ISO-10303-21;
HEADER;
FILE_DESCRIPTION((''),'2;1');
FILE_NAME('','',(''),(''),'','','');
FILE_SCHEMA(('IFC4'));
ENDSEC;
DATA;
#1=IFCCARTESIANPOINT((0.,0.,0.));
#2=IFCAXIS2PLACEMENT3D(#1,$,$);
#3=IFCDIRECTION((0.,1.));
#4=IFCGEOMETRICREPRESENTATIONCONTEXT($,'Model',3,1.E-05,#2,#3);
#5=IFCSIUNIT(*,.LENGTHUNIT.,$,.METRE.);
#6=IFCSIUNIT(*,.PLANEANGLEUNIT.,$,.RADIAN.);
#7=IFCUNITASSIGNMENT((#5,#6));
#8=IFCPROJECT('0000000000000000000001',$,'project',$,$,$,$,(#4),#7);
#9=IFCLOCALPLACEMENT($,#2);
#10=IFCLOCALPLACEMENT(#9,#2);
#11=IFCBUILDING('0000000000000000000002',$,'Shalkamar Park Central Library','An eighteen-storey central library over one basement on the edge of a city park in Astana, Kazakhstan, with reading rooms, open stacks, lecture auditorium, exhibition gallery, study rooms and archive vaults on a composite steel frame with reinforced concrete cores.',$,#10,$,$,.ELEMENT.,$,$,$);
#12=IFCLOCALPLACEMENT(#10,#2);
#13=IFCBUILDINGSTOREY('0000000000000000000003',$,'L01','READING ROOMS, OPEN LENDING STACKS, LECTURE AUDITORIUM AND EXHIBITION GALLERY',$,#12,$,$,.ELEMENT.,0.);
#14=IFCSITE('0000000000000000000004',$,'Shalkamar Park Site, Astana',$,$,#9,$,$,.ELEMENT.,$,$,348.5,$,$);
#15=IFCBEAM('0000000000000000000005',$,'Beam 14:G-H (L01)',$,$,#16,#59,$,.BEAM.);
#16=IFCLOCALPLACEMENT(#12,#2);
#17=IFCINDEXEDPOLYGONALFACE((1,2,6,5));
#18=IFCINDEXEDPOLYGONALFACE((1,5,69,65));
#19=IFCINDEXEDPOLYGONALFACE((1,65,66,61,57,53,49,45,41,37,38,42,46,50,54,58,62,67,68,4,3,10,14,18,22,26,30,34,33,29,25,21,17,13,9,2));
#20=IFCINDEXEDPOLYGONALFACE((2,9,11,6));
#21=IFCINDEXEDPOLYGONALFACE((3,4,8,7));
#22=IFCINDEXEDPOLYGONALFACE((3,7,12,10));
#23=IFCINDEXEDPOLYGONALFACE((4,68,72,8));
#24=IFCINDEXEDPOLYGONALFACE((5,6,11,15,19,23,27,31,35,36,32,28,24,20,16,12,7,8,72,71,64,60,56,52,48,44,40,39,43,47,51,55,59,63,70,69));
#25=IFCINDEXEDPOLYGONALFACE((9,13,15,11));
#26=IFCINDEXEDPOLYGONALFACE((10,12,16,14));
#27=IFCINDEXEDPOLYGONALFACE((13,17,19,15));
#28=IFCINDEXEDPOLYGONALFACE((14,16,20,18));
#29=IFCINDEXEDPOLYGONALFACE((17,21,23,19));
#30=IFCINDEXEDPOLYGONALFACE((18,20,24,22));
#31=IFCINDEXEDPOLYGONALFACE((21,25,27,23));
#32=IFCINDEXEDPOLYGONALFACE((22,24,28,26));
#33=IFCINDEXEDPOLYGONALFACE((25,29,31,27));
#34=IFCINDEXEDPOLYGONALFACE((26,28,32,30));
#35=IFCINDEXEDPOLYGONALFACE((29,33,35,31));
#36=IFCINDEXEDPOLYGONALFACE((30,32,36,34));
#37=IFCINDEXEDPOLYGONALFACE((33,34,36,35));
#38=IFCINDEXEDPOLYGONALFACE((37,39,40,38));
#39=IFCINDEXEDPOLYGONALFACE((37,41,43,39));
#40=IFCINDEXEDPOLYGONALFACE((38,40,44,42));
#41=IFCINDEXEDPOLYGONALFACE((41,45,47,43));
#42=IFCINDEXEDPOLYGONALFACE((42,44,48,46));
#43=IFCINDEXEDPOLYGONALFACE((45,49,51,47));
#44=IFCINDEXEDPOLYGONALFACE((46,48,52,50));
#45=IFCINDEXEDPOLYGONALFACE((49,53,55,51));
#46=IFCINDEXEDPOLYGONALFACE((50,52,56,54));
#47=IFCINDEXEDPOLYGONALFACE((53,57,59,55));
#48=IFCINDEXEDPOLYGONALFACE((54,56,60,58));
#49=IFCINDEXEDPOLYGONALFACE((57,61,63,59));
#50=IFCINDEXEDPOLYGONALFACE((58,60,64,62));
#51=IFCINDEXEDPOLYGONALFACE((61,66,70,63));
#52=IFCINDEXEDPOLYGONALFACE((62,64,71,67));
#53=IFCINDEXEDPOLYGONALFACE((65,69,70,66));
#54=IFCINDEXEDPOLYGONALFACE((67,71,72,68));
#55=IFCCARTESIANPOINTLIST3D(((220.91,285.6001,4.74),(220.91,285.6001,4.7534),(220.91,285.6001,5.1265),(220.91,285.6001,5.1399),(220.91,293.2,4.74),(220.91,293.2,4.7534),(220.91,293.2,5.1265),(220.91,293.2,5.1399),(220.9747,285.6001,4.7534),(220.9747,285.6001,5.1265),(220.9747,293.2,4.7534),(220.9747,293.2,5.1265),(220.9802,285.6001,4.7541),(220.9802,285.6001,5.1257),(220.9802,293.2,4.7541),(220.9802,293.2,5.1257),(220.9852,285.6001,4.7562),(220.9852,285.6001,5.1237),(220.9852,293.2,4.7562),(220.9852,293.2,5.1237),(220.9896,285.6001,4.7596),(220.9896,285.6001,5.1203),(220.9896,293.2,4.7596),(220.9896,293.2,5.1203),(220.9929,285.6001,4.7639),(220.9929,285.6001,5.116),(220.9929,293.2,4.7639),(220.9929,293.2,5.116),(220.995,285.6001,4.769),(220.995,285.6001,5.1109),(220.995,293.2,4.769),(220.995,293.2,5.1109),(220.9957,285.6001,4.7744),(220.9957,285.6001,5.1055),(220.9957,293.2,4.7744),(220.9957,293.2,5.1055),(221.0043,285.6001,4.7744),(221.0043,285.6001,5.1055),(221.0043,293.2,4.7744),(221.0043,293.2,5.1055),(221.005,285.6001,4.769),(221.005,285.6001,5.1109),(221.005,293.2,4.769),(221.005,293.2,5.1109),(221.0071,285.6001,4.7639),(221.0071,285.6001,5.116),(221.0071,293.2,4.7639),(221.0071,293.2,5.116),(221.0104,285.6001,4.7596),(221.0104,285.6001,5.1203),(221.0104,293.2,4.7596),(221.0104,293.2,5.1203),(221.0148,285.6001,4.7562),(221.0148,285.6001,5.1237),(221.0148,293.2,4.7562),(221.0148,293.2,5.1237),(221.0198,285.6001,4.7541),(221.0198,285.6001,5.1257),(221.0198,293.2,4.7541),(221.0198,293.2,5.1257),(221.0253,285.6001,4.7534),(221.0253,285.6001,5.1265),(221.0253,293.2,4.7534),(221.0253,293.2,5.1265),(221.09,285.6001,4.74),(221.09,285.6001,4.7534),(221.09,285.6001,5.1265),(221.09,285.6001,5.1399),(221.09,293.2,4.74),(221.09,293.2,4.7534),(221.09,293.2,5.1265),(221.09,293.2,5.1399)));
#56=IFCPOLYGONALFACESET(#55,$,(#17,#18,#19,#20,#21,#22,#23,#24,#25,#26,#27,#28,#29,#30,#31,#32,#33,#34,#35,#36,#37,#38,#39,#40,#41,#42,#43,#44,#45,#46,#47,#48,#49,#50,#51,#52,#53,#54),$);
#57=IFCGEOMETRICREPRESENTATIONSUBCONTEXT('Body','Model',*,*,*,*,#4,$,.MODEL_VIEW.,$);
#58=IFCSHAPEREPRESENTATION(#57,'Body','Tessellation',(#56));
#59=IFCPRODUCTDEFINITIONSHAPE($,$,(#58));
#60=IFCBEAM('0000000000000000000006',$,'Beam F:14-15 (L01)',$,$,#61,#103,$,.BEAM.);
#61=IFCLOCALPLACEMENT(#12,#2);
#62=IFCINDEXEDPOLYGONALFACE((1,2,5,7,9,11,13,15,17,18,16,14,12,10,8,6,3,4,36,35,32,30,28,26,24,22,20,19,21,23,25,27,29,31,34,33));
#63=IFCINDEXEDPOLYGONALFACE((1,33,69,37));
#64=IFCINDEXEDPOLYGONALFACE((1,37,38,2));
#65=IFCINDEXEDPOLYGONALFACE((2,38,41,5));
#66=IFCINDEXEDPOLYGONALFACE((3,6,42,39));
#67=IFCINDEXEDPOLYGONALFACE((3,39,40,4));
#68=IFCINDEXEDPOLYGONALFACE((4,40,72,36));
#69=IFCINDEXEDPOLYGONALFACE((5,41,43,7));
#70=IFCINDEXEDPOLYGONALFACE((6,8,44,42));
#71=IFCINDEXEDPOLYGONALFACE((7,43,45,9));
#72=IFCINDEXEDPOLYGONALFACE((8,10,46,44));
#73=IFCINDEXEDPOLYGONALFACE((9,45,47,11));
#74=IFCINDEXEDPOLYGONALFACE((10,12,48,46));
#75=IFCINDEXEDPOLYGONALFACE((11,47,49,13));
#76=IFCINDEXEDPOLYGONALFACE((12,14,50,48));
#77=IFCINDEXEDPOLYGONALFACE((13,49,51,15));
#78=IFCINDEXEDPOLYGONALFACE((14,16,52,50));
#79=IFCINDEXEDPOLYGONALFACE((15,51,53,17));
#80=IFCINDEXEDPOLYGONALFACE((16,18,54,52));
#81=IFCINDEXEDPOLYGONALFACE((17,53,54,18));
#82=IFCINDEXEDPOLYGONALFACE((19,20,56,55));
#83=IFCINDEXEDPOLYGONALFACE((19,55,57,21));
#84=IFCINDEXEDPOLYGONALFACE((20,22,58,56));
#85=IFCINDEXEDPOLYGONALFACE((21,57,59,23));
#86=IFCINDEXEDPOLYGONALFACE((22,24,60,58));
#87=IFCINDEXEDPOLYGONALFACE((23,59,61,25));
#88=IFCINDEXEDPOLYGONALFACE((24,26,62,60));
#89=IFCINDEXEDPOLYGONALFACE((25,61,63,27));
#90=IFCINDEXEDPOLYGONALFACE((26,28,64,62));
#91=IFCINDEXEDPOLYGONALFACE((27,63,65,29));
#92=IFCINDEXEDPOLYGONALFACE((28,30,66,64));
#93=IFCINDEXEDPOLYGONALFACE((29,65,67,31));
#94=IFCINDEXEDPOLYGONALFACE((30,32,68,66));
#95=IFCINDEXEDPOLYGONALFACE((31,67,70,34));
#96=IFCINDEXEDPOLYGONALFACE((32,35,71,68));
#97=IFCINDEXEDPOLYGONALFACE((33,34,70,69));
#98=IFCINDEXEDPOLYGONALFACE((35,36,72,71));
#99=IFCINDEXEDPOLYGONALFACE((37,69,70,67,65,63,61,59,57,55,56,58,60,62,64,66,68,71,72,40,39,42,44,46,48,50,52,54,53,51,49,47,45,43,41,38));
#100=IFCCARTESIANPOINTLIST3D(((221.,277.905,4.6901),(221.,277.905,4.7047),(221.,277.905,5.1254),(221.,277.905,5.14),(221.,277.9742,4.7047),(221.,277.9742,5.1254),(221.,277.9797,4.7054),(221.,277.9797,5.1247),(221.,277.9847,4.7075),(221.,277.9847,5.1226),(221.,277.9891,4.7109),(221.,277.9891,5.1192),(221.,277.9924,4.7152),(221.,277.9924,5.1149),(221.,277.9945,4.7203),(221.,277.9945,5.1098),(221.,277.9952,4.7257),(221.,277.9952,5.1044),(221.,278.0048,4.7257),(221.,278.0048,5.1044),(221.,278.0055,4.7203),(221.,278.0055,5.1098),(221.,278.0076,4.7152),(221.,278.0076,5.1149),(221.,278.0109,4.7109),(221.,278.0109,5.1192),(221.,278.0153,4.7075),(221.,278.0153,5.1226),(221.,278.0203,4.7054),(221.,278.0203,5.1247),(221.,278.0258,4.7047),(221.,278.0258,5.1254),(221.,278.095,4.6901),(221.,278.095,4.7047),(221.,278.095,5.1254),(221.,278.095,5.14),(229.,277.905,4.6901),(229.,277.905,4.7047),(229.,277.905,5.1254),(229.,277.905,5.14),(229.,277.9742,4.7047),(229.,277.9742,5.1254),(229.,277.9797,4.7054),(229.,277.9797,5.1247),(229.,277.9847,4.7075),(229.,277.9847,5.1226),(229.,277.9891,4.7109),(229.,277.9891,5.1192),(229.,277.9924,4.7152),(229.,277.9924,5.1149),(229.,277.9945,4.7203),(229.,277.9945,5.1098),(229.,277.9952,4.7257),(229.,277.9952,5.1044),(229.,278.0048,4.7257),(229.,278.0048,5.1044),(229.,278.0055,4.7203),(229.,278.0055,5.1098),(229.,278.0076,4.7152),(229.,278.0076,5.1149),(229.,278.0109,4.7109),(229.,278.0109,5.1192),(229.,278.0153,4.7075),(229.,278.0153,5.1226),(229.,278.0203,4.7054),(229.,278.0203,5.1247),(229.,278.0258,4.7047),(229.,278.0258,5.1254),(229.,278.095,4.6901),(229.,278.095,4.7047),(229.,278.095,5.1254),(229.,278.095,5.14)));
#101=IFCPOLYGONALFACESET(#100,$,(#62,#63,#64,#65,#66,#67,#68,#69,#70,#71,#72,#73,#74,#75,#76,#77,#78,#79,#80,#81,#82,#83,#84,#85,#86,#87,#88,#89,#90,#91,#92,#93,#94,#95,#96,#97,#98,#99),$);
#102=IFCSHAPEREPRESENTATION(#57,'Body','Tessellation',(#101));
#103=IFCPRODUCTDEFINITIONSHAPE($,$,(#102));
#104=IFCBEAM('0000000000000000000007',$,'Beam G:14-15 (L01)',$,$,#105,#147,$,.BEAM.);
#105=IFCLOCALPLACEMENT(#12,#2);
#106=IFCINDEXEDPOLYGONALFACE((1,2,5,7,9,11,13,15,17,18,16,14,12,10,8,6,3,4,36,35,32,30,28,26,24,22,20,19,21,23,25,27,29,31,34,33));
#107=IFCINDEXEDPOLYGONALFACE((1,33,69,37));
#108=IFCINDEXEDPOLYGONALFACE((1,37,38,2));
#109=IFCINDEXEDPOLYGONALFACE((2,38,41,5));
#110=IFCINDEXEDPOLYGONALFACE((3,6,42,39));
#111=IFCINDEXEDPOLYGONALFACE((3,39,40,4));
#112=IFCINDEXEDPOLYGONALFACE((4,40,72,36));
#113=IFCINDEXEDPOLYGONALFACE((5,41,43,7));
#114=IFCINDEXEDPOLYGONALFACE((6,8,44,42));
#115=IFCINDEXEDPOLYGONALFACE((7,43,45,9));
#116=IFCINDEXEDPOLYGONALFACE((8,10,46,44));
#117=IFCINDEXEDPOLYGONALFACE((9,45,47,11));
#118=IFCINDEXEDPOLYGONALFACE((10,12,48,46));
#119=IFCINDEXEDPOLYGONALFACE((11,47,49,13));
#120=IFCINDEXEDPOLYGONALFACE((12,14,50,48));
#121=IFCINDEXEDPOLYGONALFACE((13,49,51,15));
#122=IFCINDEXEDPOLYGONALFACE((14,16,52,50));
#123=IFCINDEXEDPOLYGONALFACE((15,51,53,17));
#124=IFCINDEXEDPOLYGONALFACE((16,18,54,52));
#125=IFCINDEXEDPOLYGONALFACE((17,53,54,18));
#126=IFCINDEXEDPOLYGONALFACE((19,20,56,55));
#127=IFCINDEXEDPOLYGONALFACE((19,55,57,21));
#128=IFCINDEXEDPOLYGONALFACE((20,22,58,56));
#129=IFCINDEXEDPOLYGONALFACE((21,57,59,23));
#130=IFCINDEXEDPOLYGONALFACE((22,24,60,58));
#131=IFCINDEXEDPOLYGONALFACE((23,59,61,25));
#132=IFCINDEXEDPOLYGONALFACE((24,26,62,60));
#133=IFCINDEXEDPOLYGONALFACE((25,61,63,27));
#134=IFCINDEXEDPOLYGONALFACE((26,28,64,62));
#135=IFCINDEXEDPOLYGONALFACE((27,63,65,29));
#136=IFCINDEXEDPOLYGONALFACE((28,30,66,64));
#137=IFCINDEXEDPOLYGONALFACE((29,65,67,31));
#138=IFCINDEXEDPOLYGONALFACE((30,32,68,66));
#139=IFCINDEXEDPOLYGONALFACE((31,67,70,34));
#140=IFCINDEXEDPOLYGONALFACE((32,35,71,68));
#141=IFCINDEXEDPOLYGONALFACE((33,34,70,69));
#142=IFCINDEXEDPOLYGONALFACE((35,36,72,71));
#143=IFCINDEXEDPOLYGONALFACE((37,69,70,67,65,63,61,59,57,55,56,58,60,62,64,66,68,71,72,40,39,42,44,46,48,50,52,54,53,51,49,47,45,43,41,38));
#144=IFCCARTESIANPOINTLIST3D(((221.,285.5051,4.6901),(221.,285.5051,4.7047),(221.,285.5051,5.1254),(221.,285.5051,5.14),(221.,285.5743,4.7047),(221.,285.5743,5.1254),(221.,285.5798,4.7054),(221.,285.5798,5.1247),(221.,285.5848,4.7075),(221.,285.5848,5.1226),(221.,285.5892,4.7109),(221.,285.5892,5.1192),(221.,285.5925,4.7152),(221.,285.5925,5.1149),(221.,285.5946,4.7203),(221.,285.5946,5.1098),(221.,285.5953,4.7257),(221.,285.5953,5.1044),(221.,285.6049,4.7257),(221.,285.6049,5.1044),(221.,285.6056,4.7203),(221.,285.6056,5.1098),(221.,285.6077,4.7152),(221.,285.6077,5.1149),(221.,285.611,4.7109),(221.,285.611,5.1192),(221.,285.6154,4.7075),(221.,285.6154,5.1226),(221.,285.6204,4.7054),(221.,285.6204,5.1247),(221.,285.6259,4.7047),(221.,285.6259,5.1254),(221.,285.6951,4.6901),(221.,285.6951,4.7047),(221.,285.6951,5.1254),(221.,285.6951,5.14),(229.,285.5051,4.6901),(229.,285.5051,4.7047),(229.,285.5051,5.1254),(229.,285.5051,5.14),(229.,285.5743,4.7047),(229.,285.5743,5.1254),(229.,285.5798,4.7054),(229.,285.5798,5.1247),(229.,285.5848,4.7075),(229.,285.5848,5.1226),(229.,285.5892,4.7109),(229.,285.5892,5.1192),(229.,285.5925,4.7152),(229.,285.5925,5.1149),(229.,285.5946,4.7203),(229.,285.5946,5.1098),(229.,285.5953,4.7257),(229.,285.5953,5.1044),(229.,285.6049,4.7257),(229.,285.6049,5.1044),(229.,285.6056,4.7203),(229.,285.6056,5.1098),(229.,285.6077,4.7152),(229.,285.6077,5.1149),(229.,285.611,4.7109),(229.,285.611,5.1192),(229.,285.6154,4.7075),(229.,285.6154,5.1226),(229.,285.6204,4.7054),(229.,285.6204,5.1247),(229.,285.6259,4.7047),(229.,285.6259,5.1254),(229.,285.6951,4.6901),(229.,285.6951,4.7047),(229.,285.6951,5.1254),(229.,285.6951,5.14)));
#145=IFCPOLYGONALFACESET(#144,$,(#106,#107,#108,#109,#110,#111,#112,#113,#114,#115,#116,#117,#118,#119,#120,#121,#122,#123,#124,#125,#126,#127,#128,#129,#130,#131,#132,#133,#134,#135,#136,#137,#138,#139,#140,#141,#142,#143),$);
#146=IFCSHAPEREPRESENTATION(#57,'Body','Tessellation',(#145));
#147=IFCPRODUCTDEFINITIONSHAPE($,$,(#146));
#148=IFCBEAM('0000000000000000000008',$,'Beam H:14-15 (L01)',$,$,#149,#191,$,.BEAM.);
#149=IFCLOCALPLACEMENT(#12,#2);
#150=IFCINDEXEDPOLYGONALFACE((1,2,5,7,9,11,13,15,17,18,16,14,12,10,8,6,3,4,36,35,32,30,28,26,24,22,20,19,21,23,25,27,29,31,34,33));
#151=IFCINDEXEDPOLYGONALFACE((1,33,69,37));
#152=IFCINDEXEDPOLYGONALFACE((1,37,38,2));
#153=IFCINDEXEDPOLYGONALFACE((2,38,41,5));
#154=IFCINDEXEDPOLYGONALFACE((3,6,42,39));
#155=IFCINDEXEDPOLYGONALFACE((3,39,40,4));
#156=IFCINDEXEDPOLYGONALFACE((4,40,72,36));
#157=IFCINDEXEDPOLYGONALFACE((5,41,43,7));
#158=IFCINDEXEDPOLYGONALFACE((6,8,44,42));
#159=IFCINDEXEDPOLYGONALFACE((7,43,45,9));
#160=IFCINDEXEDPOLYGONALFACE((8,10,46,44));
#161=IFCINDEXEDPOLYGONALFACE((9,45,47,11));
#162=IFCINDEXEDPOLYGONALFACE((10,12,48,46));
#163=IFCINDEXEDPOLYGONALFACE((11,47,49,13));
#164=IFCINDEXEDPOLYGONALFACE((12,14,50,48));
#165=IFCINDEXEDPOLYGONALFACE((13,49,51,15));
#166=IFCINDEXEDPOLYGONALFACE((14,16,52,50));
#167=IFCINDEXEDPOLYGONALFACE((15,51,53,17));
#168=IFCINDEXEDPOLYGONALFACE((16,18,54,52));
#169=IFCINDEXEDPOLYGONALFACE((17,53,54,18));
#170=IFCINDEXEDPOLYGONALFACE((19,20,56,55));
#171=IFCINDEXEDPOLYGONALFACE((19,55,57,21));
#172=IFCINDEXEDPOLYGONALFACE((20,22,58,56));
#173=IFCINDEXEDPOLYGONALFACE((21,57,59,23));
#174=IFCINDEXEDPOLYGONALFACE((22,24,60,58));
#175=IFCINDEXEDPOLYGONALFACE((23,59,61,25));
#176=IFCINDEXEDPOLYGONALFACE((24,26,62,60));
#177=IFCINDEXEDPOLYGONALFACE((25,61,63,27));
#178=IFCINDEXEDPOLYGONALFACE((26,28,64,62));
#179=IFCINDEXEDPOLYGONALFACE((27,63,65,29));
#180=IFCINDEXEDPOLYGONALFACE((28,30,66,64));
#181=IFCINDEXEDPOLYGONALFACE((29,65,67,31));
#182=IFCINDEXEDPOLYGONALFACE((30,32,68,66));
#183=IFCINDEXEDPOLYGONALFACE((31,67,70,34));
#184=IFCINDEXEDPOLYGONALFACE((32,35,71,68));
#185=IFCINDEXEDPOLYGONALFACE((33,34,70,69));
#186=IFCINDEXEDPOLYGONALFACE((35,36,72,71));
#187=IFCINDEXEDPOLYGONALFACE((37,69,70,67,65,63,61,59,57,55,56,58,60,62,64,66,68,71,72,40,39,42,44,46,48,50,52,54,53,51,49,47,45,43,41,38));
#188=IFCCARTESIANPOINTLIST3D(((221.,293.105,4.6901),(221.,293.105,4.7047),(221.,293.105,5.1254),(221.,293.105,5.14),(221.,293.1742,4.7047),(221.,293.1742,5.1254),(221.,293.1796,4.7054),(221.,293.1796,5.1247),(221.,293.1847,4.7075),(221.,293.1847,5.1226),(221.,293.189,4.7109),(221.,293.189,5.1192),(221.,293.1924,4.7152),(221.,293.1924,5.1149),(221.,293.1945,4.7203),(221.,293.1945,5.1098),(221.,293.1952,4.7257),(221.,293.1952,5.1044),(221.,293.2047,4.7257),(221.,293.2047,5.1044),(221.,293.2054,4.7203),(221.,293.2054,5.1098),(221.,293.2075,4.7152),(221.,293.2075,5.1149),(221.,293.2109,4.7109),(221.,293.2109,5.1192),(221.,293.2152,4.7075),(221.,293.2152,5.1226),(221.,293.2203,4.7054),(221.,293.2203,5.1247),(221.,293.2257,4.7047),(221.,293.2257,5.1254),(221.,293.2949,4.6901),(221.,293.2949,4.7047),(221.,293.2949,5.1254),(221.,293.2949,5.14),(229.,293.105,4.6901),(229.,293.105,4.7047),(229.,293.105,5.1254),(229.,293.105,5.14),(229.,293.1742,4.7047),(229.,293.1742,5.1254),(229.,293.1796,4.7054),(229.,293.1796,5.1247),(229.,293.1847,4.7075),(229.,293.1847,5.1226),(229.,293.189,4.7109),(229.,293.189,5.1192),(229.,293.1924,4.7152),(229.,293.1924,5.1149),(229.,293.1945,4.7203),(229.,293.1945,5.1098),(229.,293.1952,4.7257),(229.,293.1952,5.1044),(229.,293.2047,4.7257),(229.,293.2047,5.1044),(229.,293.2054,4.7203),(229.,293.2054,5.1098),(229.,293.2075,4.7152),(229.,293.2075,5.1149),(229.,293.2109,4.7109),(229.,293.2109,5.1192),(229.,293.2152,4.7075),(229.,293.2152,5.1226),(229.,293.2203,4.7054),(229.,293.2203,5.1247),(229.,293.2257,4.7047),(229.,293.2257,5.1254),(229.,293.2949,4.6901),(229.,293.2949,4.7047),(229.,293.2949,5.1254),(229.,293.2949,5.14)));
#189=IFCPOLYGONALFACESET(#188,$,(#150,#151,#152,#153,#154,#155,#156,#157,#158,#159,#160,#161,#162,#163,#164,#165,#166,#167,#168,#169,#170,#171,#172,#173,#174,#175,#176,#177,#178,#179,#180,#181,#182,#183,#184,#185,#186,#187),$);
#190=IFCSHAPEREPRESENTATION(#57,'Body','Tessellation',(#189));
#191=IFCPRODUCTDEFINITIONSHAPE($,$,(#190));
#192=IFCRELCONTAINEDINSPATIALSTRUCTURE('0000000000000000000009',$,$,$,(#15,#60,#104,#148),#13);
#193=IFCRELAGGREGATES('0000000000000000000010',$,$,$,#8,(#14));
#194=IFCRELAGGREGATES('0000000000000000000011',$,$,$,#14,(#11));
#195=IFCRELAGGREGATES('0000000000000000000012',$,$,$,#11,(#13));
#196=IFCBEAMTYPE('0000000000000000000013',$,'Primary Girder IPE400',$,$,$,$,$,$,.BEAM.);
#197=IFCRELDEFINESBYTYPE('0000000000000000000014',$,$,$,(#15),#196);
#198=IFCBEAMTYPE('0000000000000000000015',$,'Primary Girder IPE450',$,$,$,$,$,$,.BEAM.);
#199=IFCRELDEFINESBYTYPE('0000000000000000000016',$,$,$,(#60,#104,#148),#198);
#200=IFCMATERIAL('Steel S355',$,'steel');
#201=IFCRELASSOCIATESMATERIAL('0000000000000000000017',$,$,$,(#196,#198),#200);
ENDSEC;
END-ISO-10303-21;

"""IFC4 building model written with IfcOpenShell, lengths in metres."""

from ifc_helpers import new_model, si_unit, direction, frame, origin, origin_2d, place, context, subcontext, project, spatial, i_section, extrude, material, material_profile, profile_set, type_object, element, save


model = new_model("IFC4")

# Units and contexts
model_context = context("Model", 3, precision=1e-05, world=origin(), true_north=direction((0.0, 1.0)))
body_context = subcontext(model_context, "Body", "Model", "MODEL_VIEW")
ifc_project = project(units=[si_unit("LENGTHUNIT", "METRE"), si_unit("PLANEANGLEUNIT", "RADIAN")], contexts=[model_context])

# Site, building, storey
site_placement = place(None, origin())
site = spatial("IfcSite", under=ifc_project, at=site_placement, Name="Shalkamar Park Site, Astana", CompositionType="ELEMENT", RefElevation=348.5)
building_placement = place(site_placement, origin())
building = spatial("IfcBuilding", under=site, at=building_placement, Name="Shalkamar Park Central Library", Description="An eighteen-storey central library over one basement on the edge of a city park in Astana, Kazakhstan, with reading rooms, open stacks, lecture auditorium, exhibition gallery, study rooms and archive vaults on a composite steel frame with reinforced concrete cores.", CompositionType="ELEMENT")
storey_placement = place(building_placement, origin())
storey = spatial("IfcBuildingStorey", under=building, at=storey_placement, Name="L01", Description="READING ROOMS, OPEN LENDING STACKS, LECTURE AUDITORIUM AND EXHIBITION GALLERY", CompositionType="ELEMENT", Elevation=0.0)

# Shared definitions
ifc_material = material(Name="Steel S355", Category="steel")

# Beams
ifc_material_profile_1 = material_profile(ifc_material, i_section(OverallWidth=0.1799, OverallDepth=0.3999, WebThickness=0.0085, FlangeThickness=0.0134, FilletRadius=0.021, at=origin_2d()), Name="IPE 400")
ifc_profile_set_1 = profile_set([ifc_material_profile_1], Name="Steel S355")
beam_type_1 = type_object("IfcBeamType", Name="Primary Girder IPE400", PredefinedType="BEAM", material=ifc_profile_set_1)
beam_1_placement = place(storey_placement, frame((221.0, 285.6001, 4.9399), z_axis=(0.0, 1.0, 0.0), x_axis=(-1.0, 0.0, 0.0)))
element("IfcBeam", 1, at=beam_1_placement, inside=storey, type_object=beam_type_1, Name="Beam 14:G-H (L01)", PredefinedType="BEAM", context=body_context, shape_type="SweptSolid", body=[
    extrude(i_section(OverallWidth=0.1799, OverallDepth=0.3999, WebThickness=0.0085, FlangeThickness=0.0134, FilletRadius=0.021, at=origin_2d()), origin(), (0.0, 0.0, 1.0), 7.5999),
])
ifc_material_profile_2 = material_profile(ifc_material, i_section(OverallWidth=0.1899, OverallDepth=0.45, WebThickness=0.0095, FlangeThickness=0.0146, FilletRadius=0.021, at=origin_2d()), Name="IPE 450")
ifc_profile_set_2 = profile_set([ifc_material_profile_2], Name="Steel S355")
beam_type_2 = type_object("IfcBeamType", Name="Primary Girder IPE450", PredefinedType="BEAM", material=ifc_profile_set_2)
for number, where, z_axis, x_axis, name in (
    (2, (221.0, 278.0, 4.915), (1.0, 0.0, 0.0), (0.0, 1.0, 0.0), "Beam F:14-15 (L01)"),
    (3, (221.0, 285.6001, 4.915), (1.0, 0.0, 0.0), (0.0, 1.0, 0.0), "Beam G:14-15 (L01)"),
    (4, (221.0, 293.2, 4.915), (1.0, 0.0, 0.0), (0.0, 1.0, 0.0), "Beam H:14-15 (L01)"),
):
    element("IfcBeam", number, at=place(storey_placement, frame(where, z_axis=z_axis, x_axis=x_axis)), inside=storey, type_object=beam_type_2, Name=name, PredefinedType="BEAM", context=body_context, shape_type="SweptSolid", body=[
        extrude(i_section(OverallWidth=0.1899, OverallDepth=0.45, WebThickness=0.0095, FlangeThickness=0.0146, FilletRadius=0.021, at=origin_2d()), origin(), (0.0, 0.0, 1.0), 8.0),
    ])

save(model, "model.ifc")
